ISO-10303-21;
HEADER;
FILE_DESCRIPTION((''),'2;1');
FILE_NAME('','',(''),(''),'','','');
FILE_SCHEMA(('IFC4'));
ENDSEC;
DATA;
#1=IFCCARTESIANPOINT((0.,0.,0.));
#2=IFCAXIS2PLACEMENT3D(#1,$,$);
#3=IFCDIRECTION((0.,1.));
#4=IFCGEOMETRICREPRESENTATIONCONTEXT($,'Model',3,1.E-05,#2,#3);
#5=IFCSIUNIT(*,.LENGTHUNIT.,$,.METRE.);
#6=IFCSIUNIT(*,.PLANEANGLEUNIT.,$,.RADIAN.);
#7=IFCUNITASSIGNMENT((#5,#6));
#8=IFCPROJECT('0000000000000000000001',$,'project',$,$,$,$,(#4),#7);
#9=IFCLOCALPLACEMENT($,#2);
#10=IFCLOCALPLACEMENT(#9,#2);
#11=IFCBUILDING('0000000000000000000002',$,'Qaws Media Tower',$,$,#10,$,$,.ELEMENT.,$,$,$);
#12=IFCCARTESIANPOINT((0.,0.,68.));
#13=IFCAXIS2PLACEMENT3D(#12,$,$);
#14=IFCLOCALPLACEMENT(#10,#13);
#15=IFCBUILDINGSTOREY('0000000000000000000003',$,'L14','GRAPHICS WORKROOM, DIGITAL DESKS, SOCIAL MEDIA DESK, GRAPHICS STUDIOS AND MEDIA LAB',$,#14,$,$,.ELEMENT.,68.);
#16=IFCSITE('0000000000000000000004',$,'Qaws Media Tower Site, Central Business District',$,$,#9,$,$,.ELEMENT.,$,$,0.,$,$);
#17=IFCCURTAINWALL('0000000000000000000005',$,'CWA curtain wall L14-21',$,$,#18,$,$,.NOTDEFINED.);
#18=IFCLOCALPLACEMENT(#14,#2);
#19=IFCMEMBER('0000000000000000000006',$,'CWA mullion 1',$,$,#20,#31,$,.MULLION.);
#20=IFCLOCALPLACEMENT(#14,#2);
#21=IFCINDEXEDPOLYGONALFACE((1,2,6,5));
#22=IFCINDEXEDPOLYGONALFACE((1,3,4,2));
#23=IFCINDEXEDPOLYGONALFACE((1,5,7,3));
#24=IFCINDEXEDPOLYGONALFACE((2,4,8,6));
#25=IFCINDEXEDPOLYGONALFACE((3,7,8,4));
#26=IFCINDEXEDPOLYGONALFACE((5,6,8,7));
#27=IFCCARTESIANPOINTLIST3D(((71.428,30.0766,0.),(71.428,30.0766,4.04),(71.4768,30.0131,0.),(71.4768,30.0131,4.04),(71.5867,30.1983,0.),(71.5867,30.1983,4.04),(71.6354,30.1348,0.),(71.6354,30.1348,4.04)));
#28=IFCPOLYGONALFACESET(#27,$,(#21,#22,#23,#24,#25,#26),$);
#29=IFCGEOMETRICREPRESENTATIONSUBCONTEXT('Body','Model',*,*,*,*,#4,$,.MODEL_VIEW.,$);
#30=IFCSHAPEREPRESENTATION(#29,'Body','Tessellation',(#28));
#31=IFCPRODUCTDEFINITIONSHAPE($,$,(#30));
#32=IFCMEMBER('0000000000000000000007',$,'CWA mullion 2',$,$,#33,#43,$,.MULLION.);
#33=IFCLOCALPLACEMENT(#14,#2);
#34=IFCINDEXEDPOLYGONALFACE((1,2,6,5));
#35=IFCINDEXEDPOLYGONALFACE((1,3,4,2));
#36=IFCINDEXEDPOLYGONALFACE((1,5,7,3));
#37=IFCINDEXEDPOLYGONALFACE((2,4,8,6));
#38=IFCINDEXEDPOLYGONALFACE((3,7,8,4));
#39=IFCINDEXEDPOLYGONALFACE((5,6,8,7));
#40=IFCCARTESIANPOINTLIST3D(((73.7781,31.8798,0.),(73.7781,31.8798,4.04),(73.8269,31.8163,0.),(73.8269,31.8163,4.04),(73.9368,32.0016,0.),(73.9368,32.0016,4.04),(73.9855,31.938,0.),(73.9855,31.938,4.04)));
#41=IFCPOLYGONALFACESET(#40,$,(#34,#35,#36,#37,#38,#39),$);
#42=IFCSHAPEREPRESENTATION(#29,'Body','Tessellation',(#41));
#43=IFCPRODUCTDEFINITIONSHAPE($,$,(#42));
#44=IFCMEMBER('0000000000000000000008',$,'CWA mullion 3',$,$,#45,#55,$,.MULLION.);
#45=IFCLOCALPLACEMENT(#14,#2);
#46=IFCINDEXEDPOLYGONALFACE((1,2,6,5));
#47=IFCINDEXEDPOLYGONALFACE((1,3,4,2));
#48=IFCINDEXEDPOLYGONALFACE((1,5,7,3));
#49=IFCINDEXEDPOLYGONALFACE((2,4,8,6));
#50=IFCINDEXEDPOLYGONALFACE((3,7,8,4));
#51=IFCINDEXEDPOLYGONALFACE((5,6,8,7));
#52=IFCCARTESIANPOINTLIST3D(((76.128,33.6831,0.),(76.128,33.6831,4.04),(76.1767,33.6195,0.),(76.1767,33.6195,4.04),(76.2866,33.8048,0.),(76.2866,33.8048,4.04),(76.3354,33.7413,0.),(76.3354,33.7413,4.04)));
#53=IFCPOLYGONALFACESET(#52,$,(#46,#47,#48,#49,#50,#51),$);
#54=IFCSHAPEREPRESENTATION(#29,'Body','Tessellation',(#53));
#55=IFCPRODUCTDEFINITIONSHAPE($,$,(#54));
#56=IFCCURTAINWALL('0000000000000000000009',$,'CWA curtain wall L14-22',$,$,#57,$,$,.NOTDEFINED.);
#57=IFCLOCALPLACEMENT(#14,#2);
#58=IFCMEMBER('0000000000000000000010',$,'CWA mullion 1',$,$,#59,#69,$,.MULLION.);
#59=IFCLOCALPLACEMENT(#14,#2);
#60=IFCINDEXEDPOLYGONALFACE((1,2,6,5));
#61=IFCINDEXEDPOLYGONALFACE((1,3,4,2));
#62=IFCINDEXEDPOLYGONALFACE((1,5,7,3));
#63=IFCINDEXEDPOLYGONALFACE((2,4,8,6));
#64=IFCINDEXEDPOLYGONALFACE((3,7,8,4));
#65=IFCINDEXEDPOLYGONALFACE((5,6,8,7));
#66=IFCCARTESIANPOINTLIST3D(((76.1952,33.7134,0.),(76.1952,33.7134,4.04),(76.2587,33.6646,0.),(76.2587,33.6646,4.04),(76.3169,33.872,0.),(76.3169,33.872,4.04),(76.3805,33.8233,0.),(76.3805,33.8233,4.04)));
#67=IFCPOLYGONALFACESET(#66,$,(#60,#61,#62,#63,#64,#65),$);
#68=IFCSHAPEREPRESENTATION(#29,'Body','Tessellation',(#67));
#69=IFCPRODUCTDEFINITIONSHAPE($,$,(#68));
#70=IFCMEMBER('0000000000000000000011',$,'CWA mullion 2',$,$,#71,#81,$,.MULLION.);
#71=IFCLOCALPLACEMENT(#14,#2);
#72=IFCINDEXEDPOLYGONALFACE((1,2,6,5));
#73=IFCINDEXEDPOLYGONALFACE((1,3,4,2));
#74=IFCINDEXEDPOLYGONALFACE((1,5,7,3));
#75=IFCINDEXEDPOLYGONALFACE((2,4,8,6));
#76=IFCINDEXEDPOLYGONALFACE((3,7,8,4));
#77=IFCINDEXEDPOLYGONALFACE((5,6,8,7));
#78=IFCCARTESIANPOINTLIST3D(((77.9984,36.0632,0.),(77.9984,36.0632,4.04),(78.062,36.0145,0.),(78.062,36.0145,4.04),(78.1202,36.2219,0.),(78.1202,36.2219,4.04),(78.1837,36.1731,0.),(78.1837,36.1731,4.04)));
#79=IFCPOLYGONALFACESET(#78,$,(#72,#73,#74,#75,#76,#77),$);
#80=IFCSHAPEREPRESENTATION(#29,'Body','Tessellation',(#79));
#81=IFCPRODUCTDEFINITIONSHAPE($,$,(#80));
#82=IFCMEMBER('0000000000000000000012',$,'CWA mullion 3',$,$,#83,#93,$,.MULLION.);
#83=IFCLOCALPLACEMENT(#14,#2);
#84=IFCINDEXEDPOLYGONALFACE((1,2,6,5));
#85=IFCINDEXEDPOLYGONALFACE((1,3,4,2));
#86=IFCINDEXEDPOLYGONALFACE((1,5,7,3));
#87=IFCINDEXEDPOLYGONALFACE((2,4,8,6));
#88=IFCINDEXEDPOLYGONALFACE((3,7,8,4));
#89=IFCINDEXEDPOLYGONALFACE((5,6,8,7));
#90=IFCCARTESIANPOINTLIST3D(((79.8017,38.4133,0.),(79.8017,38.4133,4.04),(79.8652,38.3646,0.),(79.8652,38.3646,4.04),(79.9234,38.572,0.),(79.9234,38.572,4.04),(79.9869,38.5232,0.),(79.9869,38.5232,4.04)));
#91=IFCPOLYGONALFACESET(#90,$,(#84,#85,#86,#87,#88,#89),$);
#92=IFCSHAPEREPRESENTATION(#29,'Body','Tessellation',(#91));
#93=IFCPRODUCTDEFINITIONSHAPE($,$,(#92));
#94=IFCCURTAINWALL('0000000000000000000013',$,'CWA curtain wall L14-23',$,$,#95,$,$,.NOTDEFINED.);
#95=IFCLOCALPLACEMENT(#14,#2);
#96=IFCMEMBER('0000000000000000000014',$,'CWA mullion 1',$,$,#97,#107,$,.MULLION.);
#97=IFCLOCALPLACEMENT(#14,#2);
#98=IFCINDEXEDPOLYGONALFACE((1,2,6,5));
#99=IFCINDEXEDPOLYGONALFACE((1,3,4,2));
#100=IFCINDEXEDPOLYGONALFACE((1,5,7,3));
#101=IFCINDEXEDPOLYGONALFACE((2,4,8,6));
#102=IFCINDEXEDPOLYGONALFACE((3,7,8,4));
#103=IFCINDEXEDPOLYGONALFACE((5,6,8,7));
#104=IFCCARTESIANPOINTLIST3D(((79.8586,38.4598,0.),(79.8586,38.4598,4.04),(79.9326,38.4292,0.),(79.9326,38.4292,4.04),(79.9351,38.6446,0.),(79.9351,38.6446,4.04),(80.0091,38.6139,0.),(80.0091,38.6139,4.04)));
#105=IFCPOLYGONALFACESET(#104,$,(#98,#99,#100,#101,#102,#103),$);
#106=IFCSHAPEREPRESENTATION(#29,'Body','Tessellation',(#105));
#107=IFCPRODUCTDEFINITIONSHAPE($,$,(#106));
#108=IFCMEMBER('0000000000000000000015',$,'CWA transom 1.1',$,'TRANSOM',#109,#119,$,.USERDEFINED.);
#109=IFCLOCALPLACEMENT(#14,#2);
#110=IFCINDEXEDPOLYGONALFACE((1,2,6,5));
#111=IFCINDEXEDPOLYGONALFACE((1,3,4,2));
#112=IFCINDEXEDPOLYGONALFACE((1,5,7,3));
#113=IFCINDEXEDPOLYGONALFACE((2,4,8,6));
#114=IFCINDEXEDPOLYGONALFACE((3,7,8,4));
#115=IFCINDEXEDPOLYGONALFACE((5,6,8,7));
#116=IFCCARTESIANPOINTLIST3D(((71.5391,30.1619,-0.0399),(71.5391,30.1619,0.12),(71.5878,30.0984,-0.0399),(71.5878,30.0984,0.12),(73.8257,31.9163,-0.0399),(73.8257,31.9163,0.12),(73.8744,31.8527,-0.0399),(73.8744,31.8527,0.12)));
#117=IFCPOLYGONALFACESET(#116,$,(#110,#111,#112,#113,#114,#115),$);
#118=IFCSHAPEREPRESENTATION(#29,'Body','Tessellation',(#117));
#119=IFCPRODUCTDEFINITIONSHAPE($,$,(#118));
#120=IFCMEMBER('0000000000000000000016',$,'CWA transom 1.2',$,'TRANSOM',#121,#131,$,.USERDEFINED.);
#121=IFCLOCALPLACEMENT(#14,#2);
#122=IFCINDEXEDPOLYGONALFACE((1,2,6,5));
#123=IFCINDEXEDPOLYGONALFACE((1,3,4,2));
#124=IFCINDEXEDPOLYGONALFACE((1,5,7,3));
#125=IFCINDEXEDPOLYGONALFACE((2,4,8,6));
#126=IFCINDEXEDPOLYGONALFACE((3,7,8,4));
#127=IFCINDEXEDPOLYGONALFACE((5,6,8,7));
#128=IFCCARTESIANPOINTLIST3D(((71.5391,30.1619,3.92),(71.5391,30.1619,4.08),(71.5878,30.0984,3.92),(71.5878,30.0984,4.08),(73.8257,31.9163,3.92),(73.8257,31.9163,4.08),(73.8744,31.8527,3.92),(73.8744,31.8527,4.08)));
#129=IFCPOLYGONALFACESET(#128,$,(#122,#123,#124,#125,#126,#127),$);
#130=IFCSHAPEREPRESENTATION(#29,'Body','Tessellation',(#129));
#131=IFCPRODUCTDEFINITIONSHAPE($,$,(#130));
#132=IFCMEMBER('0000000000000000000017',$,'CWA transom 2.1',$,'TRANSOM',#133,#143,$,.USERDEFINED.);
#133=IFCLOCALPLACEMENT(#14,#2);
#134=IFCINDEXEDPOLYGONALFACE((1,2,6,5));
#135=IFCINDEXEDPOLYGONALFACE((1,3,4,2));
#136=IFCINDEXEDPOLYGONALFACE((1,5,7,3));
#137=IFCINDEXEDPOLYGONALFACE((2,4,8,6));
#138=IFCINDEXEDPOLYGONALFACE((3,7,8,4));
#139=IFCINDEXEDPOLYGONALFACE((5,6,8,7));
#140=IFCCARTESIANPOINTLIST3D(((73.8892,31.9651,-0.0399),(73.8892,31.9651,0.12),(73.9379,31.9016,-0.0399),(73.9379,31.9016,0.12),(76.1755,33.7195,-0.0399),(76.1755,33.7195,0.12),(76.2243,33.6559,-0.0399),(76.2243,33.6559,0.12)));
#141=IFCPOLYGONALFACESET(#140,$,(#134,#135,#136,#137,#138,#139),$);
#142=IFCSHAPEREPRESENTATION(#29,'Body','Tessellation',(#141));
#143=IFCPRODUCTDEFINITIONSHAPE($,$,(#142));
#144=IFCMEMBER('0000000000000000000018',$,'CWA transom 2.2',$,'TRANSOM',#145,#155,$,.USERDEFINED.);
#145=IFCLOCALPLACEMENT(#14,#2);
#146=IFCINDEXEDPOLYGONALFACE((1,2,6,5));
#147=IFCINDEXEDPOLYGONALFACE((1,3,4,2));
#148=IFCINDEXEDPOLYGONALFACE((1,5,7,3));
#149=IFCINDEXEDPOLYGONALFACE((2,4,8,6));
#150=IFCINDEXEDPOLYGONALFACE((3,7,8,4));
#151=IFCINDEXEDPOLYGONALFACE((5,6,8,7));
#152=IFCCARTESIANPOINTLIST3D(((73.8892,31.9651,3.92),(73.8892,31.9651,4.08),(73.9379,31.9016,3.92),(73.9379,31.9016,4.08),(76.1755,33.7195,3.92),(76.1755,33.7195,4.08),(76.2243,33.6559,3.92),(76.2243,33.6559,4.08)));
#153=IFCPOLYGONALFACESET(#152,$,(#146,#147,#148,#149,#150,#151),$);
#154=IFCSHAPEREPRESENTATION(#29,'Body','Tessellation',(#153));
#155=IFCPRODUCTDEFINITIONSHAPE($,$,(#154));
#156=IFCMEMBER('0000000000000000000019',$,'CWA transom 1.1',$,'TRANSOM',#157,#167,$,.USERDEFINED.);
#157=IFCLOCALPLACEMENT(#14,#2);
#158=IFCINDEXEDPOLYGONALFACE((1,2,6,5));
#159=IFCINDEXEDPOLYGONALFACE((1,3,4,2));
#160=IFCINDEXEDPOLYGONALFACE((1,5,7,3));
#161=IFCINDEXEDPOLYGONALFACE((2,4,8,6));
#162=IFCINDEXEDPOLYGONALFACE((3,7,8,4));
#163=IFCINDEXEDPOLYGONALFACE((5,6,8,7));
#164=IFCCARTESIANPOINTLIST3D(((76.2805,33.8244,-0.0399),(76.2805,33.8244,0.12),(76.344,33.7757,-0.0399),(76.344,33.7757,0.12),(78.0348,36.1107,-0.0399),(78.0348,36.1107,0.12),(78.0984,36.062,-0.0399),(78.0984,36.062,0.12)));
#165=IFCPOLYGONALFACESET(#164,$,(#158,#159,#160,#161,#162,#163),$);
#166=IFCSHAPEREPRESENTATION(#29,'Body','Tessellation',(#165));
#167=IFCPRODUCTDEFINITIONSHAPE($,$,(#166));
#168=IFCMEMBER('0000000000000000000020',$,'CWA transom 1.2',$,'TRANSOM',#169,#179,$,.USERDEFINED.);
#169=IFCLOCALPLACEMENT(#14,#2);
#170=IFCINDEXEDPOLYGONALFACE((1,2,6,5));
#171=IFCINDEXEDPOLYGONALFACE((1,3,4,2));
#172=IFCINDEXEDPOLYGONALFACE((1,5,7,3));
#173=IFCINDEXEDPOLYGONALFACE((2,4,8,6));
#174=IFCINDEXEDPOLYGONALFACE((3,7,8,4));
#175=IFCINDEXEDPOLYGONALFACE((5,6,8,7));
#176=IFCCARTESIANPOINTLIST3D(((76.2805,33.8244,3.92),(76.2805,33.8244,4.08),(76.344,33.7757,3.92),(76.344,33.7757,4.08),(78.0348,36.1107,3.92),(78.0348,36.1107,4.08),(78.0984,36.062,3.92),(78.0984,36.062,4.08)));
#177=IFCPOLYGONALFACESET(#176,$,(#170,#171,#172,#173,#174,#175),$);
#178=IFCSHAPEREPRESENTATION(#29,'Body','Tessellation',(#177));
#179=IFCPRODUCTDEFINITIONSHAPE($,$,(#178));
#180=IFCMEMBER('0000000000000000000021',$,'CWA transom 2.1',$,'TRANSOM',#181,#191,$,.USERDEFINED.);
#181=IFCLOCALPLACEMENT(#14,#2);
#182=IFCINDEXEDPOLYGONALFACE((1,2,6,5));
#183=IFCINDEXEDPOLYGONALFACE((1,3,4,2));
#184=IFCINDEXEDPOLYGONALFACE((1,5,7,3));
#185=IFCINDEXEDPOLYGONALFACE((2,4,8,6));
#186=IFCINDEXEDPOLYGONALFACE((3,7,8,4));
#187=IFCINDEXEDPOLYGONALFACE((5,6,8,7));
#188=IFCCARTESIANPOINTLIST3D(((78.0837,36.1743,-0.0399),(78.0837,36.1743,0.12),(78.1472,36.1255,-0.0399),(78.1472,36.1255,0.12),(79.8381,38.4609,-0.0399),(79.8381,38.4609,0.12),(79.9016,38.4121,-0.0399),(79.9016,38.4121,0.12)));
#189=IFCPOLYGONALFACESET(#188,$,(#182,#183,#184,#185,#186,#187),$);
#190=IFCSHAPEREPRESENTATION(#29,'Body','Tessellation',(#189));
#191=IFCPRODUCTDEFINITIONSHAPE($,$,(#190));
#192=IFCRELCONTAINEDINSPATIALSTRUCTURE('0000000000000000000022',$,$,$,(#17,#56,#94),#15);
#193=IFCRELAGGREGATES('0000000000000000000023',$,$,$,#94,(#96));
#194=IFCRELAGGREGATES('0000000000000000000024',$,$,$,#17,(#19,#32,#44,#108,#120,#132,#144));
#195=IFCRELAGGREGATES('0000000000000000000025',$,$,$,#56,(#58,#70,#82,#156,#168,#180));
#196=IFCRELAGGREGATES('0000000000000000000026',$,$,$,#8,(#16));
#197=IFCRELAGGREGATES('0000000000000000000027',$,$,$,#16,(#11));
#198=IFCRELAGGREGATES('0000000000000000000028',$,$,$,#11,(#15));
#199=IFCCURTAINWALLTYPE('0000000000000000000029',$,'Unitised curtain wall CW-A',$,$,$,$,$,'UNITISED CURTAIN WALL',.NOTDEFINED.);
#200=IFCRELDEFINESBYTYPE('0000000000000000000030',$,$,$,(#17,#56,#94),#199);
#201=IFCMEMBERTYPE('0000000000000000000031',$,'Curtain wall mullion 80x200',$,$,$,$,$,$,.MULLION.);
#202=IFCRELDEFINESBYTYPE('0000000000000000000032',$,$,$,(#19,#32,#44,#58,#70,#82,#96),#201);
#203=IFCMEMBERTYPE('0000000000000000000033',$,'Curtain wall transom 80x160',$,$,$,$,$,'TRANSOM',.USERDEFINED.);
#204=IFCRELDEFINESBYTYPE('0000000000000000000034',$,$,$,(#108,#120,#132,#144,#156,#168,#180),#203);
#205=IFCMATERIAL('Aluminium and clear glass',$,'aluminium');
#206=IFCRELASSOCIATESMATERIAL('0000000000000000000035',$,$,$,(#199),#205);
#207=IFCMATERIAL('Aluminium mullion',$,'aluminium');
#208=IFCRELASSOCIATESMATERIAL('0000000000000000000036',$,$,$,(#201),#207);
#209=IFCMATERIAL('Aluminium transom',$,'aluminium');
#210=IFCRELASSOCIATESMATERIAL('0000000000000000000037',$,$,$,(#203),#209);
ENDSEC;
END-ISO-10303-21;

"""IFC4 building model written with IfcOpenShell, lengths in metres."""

from ifc_helpers import new_model, si_unit, direction, frame, origin, origin_2d, place, context, subcontext, project, spatial, rectangle, extrude, material, material_profile, profile_set, type_object, element, aggregate, save


model = new_model("IFC4")

# Units and contexts
model_context = context("Model", 3, precision=1e-05, world=origin(), true_north=direction((0.0, 1.0)))
body_context = subcontext(model_context, "Body", "Model", "MODEL_VIEW")
ifc_project = project(units=[si_unit("LENGTHUNIT", "METRE"), si_unit("PLANEANGLEUNIT", "RADIAN")], contexts=[model_context])

# Site, building, storey
site_placement = place(None, origin())
site = spatial("IfcSite", under=ifc_project, at=site_placement, Name="Qaws Media Tower Site, Central Business District", CompositionType="ELEMENT", RefElevation=0.0)
building_placement = place(site_placement, origin())
building = spatial("IfcBuilding", under=site, at=building_placement, Name="Qaws Media Tower", CompositionType="ELEMENT")
storey_placement = place(building_placement, frame((0.0, 0.0, 68.0)))
storey = spatial("IfcBuildingStorey", under=building, at=storey_placement, Name="L14", Description="GRAPHICS WORKROOM, DIGITAL DESKS, SOCIAL MEDIA DESK, GRAPHICS STUDIOS AND MEDIA LAB", CompositionType="ELEMENT", Elevation=68.0)

# Curtain walls, members
ifc_material_1 = material(Name="Aluminium and clear glass", Category="aluminium")
curtain_wall_type = type_object("IfcCurtainWallType", Name="Unitised curtain wall CW-A", ElementType="UNITISED CURTAIN WALL", PredefinedType="NOTDEFINED", material=ifc_material_1)
curtain_wall_1_placement = place(storey_placement, origin())
curtain_wall_1 = element("IfcCurtainWall", 1, at=curtain_wall_1_placement, inside=storey, type_object=curtain_wall_type, Name="CWA curtain wall L14-21", PredefinedType="NOTDEFINED")
ifc_material_2 = material(Name="Aluminium mullion", Category="aluminium")
ifc_material_profile_1 = material_profile(ifc_material_2, rectangle(XDim=0.0801, YDim=0.2, at=origin_2d()), Name="80x200")
ifc_profile_set_1 = profile_set([ifc_material_profile_1], Name="Aluminium mullion")
member_type_1 = type_object("IfcMemberType", Name="Curtain wall mullion 80x200", PredefinedType="MULLION", material=ifc_profile_set_1)
member_1_placement = place(storey_placement, frame((71.5317, 30.1057, 0.0), z_axis=(0.0, 0.0, 1.0), x_axis=(-0.608761, 0.793353, 0.0)))
member_1 = element("IfcMember", 2, at=member_1_placement, type_object=member_type_1, Name="CWA mullion 1", PredefinedType="MULLION", context=body_context, shape_type="SweptSolid", body=[
    extrude(rectangle(XDim=0.0801, YDim=0.2, at=origin_2d()), origin(), (0.0, 0.0, 1.0), 4.04),
])
member_2_placement = place(storey_placement, frame((73.8818, 31.9089, 0.0), z_axis=(0.0, 0.0, 1.0), x_axis=(-0.608761, 0.793353, 0.0)))
member_2 = element("IfcMember", 3, at=member_2_placement, type_object=member_type_1, Name="CWA mullion 2", PredefinedType="MULLION", context=body_context, shape_type="SweptSolid", body=[
    extrude(rectangle(XDim=0.0801, YDim=0.2, at=origin_2d()), origin(), (0.0, 0.0, 1.0), 4.04),
])
member_3_placement = place(storey_placement, frame((76.2317, 33.7122, 0.0), z_axis=(0.0, 0.0, 1.0), x_axis=(-0.608761, 0.793353, 0.0)))
member_3 = element("IfcMember", 4, at=member_3_placement, type_object=member_type_1, Name="CWA mullion 3", PredefinedType="MULLION", context=body_context, shape_type="SweptSolid", body=[
    extrude(rectangle(XDim=0.0801, YDim=0.2, at=origin_2d()), origin(), (0.0, 0.0, 1.0), 4.04),
])
curtain_wall_2_placement = place(storey_placement, origin())
curtain_wall_2 = element("IfcCurtainWall", 5, at=curtain_wall_2_placement, inside=storey, type_object=curtain_wall_type, Name="CWA curtain wall L14-22", PredefinedType="NOTDEFINED")
member_4_placement = place(storey_placement, frame((76.2878, 33.7683, 0.0), z_axis=(0.0, 0.0, 1.0), x_axis=(-0.793353, 0.608761, 0.0)))
member_4 = element("IfcMember", 6, at=member_4_placement, type_object=member_type_1, Name="CWA mullion 1", PredefinedType="MULLION", context=body_context, shape_type="SweptSolid", body=[
    extrude(rectangle(XDim=0.0801, YDim=0.2, at=origin_2d()), origin(), (0.0, 0.0, 1.0), 4.04),
])
member_5_placement = place(storey_placement, frame((78.0911, 36.1182, 0.0), z_axis=(0.0, 0.0, 1.0), x_axis=(-0.793353, 0.608761, 0.0)))
member_5 = element("IfcMember", 7, at=member_5_placement, type_object=member_type_1, Name="CWA mullion 2", PredefinedType="MULLION", context=body_context, shape_type="SweptSolid", body=[
    extrude(rectangle(XDim=0.0801, YDim=0.2, at=origin_2d()), origin(), (0.0, 0.0, 1.0), 4.04),
])
member_6_placement = place(storey_placement, frame((79.8943, 38.4683, 0.0), z_axis=(0.0, 0.0, 1.0), x_axis=(-0.793353, 0.608761, 0.0)))
member_6 = element("IfcMember", 8, at=member_6_placement, type_object=member_type_1, Name="CWA mullion 3", PredefinedType="MULLION", context=body_context, shape_type="SweptSolid", body=[
    extrude(rectangle(XDim=0.0801, YDim=0.2, at=origin_2d()), origin(), (0.0, 0.0, 1.0), 4.04),
])

# Curtain wall, member
curtain_wall_3_placement = place(storey_placement, origin())
curtain_wall_3 = element("IfcCurtainWall", 9, at=curtain_wall_3_placement, inside=storey, type_object=curtain_wall_type, Name="CWA curtain wall L14-23", PredefinedType="NOTDEFINED")
member_7_placement = place(storey_placement, frame((79.9338, 38.5369, 0.0), z_axis=(0.0, 0.0, 1.0), x_axis=(-0.92388, 0.382683, 0.0)))
member_7 = element("IfcMember", 10, at=member_7_placement, type_object=member_type_1, Name="CWA mullion 1", PredefinedType="MULLION", context=body_context, shape_type="SweptSolid", body=[
    extrude(rectangle(XDim=0.0801, YDim=0.2, at=origin_2d()), origin(), (0.0, 0.0, 1.0), 4.04),
])

# Members
ifc_material_3 = material(Name="Aluminium transom", Category="aluminium")
ifc_material_profile_2 = material_profile(ifc_material_3, rectangle(XDim=0.0801, YDim=0.1599, at=origin_2d()), Name="80x160")
ifc_profile_set_2 = profile_set([ifc_material_profile_2], Name="Aluminium transom")
member_type_2 = type_object("IfcMemberType", Name="Curtain wall transom 80x160", ElementType="TRANSOM", PredefinedType="USERDEFINED", material=ifc_profile_set_2)
member_8_placement = place(storey_placement, frame((71.5635, 30.1301, 0.04), z_axis=(0.793385, 0.60872, 0.0), x_axis=(-0.60872, 0.793385, 0.0)))
member_8 = element("IfcMember", 11, at=member_8_placement, type_object=member_type_2, Name="CWA transom 1.1", ObjectType="TRANSOM", PredefinedType="USERDEFINED", context=body_context, shape_type="SweptSolid", body=[
    extrude(rectangle(XDim=0.0801, YDim=0.1599, at=origin_2d()), origin(), (0.0, 0.0, 1.0), 2.8821),
])
member_9_placement = place(storey_placement, frame((71.5635, 30.1301, 4.0), z_axis=(0.793385, 0.60872, 0.0), x_axis=(-0.60872, 0.793385, 0.0)))
member_9 = element("IfcMember", 12, at=member_9_placement, type_object=member_type_2, Name="CWA transom 1.2", ObjectType="TRANSOM", PredefinedType="USERDEFINED", context=body_context, shape_type="SweptSolid", body=[
    extrude(rectangle(XDim=0.0801, YDim=0.1599, at=origin_2d()), origin(), (0.0, 0.0, 1.0), 2.8821),
])
member_10_placement = place(storey_placement, frame((73.9136, 31.9333, 0.04), z_axis=(0.793354, 0.608761, 0.0), x_axis=(-0.608761, 0.793354, 0.0)))
member_10 = element("IfcMember", 13, at=member_10_placement, type_object=member_type_2, Name="CWA transom 2.1", ObjectType="TRANSOM", PredefinedType="USERDEFINED", context=body_context, shape_type="SweptSolid", body=[
    extrude(rectangle(XDim=0.0801, YDim=0.1599, at=origin_2d()), origin(), (0.0, 0.0, 1.0), 2.8818),
])
member_11_placement = place(storey_placement, frame((73.9136, 31.9333, 4.0), z_axis=(0.793354, 0.608761, 0.0), x_axis=(-0.608761, 0.793354, 0.0)))
member_11 = element("IfcMember", 14, at=member_11_placement, type_object=member_type_2, Name="CWA transom 2.2", ObjectType="TRANSOM", PredefinedType="USERDEFINED", context=body_context, shape_type="SweptSolid", body=[
    extrude(rectangle(XDim=0.0801, YDim=0.1599, at=origin_2d()), origin(), (0.0, 0.0, 1.0), 2.8818),
])
member_12_placement = place(storey_placement, frame((76.3123, 33.8, 0.04), z_axis=(0.608761, 0.793354, 0.0), x_axis=(-0.793354, 0.608761, 0.0)))
member_12 = element("IfcMember", 15, at=member_12_placement, type_object=member_type_2, Name="CWA transom 1.1", ObjectType="TRANSOM", PredefinedType="USERDEFINED", context=body_context, shape_type="SweptSolid", body=[
    extrude(rectangle(XDim=0.0801, YDim=0.1599, at=origin_2d()), origin(), (0.0, 0.0, 1.0), 2.8818),
])
member_13_placement = place(storey_placement, frame((76.3123, 33.8, 4.0), z_axis=(0.608761, 0.793354, 0.0), x_axis=(-0.793354, 0.608761, 0.0)))
member_13 = element("IfcMember", 16, at=member_13_placement, type_object=member_type_2, Name="CWA transom 1.2", ObjectType="TRANSOM", PredefinedType="USERDEFINED", context=body_context, shape_type="SweptSolid", body=[
    extrude(rectangle(XDim=0.0801, YDim=0.1599, at=origin_2d()), origin(), (0.0, 0.0, 1.0), 2.8818),
])
member_14_placement = place(storey_placement, frame((78.1155, 36.1499, 0.04), z_axis=(0.60872, 0.793385, 0.0), x_axis=(-0.793385, 0.60872, 0.0)))
member_14 = element("IfcMember", 17, at=member_14_placement, type_object=member_type_2, Name="CWA transom 2.1", ObjectType="TRANSOM", PredefinedType="USERDEFINED", context=body_context, shape_type="SweptSolid", body=[
    extrude(rectangle(XDim=0.0801, YDim=0.1599, at=origin_2d()), origin(), (0.0, 0.0, 1.0), 2.8821),
])
aggregate(curtain_wall_3, [member_7])

aggregate(curtain_wall_1, [member_1, member_2, member_3, member_8, member_9, member_10, member_11])
aggregate(curtain_wall_2, [member_4, member_5, member_6, member_12, member_13, member_14])

save(model, "model.ifc")
